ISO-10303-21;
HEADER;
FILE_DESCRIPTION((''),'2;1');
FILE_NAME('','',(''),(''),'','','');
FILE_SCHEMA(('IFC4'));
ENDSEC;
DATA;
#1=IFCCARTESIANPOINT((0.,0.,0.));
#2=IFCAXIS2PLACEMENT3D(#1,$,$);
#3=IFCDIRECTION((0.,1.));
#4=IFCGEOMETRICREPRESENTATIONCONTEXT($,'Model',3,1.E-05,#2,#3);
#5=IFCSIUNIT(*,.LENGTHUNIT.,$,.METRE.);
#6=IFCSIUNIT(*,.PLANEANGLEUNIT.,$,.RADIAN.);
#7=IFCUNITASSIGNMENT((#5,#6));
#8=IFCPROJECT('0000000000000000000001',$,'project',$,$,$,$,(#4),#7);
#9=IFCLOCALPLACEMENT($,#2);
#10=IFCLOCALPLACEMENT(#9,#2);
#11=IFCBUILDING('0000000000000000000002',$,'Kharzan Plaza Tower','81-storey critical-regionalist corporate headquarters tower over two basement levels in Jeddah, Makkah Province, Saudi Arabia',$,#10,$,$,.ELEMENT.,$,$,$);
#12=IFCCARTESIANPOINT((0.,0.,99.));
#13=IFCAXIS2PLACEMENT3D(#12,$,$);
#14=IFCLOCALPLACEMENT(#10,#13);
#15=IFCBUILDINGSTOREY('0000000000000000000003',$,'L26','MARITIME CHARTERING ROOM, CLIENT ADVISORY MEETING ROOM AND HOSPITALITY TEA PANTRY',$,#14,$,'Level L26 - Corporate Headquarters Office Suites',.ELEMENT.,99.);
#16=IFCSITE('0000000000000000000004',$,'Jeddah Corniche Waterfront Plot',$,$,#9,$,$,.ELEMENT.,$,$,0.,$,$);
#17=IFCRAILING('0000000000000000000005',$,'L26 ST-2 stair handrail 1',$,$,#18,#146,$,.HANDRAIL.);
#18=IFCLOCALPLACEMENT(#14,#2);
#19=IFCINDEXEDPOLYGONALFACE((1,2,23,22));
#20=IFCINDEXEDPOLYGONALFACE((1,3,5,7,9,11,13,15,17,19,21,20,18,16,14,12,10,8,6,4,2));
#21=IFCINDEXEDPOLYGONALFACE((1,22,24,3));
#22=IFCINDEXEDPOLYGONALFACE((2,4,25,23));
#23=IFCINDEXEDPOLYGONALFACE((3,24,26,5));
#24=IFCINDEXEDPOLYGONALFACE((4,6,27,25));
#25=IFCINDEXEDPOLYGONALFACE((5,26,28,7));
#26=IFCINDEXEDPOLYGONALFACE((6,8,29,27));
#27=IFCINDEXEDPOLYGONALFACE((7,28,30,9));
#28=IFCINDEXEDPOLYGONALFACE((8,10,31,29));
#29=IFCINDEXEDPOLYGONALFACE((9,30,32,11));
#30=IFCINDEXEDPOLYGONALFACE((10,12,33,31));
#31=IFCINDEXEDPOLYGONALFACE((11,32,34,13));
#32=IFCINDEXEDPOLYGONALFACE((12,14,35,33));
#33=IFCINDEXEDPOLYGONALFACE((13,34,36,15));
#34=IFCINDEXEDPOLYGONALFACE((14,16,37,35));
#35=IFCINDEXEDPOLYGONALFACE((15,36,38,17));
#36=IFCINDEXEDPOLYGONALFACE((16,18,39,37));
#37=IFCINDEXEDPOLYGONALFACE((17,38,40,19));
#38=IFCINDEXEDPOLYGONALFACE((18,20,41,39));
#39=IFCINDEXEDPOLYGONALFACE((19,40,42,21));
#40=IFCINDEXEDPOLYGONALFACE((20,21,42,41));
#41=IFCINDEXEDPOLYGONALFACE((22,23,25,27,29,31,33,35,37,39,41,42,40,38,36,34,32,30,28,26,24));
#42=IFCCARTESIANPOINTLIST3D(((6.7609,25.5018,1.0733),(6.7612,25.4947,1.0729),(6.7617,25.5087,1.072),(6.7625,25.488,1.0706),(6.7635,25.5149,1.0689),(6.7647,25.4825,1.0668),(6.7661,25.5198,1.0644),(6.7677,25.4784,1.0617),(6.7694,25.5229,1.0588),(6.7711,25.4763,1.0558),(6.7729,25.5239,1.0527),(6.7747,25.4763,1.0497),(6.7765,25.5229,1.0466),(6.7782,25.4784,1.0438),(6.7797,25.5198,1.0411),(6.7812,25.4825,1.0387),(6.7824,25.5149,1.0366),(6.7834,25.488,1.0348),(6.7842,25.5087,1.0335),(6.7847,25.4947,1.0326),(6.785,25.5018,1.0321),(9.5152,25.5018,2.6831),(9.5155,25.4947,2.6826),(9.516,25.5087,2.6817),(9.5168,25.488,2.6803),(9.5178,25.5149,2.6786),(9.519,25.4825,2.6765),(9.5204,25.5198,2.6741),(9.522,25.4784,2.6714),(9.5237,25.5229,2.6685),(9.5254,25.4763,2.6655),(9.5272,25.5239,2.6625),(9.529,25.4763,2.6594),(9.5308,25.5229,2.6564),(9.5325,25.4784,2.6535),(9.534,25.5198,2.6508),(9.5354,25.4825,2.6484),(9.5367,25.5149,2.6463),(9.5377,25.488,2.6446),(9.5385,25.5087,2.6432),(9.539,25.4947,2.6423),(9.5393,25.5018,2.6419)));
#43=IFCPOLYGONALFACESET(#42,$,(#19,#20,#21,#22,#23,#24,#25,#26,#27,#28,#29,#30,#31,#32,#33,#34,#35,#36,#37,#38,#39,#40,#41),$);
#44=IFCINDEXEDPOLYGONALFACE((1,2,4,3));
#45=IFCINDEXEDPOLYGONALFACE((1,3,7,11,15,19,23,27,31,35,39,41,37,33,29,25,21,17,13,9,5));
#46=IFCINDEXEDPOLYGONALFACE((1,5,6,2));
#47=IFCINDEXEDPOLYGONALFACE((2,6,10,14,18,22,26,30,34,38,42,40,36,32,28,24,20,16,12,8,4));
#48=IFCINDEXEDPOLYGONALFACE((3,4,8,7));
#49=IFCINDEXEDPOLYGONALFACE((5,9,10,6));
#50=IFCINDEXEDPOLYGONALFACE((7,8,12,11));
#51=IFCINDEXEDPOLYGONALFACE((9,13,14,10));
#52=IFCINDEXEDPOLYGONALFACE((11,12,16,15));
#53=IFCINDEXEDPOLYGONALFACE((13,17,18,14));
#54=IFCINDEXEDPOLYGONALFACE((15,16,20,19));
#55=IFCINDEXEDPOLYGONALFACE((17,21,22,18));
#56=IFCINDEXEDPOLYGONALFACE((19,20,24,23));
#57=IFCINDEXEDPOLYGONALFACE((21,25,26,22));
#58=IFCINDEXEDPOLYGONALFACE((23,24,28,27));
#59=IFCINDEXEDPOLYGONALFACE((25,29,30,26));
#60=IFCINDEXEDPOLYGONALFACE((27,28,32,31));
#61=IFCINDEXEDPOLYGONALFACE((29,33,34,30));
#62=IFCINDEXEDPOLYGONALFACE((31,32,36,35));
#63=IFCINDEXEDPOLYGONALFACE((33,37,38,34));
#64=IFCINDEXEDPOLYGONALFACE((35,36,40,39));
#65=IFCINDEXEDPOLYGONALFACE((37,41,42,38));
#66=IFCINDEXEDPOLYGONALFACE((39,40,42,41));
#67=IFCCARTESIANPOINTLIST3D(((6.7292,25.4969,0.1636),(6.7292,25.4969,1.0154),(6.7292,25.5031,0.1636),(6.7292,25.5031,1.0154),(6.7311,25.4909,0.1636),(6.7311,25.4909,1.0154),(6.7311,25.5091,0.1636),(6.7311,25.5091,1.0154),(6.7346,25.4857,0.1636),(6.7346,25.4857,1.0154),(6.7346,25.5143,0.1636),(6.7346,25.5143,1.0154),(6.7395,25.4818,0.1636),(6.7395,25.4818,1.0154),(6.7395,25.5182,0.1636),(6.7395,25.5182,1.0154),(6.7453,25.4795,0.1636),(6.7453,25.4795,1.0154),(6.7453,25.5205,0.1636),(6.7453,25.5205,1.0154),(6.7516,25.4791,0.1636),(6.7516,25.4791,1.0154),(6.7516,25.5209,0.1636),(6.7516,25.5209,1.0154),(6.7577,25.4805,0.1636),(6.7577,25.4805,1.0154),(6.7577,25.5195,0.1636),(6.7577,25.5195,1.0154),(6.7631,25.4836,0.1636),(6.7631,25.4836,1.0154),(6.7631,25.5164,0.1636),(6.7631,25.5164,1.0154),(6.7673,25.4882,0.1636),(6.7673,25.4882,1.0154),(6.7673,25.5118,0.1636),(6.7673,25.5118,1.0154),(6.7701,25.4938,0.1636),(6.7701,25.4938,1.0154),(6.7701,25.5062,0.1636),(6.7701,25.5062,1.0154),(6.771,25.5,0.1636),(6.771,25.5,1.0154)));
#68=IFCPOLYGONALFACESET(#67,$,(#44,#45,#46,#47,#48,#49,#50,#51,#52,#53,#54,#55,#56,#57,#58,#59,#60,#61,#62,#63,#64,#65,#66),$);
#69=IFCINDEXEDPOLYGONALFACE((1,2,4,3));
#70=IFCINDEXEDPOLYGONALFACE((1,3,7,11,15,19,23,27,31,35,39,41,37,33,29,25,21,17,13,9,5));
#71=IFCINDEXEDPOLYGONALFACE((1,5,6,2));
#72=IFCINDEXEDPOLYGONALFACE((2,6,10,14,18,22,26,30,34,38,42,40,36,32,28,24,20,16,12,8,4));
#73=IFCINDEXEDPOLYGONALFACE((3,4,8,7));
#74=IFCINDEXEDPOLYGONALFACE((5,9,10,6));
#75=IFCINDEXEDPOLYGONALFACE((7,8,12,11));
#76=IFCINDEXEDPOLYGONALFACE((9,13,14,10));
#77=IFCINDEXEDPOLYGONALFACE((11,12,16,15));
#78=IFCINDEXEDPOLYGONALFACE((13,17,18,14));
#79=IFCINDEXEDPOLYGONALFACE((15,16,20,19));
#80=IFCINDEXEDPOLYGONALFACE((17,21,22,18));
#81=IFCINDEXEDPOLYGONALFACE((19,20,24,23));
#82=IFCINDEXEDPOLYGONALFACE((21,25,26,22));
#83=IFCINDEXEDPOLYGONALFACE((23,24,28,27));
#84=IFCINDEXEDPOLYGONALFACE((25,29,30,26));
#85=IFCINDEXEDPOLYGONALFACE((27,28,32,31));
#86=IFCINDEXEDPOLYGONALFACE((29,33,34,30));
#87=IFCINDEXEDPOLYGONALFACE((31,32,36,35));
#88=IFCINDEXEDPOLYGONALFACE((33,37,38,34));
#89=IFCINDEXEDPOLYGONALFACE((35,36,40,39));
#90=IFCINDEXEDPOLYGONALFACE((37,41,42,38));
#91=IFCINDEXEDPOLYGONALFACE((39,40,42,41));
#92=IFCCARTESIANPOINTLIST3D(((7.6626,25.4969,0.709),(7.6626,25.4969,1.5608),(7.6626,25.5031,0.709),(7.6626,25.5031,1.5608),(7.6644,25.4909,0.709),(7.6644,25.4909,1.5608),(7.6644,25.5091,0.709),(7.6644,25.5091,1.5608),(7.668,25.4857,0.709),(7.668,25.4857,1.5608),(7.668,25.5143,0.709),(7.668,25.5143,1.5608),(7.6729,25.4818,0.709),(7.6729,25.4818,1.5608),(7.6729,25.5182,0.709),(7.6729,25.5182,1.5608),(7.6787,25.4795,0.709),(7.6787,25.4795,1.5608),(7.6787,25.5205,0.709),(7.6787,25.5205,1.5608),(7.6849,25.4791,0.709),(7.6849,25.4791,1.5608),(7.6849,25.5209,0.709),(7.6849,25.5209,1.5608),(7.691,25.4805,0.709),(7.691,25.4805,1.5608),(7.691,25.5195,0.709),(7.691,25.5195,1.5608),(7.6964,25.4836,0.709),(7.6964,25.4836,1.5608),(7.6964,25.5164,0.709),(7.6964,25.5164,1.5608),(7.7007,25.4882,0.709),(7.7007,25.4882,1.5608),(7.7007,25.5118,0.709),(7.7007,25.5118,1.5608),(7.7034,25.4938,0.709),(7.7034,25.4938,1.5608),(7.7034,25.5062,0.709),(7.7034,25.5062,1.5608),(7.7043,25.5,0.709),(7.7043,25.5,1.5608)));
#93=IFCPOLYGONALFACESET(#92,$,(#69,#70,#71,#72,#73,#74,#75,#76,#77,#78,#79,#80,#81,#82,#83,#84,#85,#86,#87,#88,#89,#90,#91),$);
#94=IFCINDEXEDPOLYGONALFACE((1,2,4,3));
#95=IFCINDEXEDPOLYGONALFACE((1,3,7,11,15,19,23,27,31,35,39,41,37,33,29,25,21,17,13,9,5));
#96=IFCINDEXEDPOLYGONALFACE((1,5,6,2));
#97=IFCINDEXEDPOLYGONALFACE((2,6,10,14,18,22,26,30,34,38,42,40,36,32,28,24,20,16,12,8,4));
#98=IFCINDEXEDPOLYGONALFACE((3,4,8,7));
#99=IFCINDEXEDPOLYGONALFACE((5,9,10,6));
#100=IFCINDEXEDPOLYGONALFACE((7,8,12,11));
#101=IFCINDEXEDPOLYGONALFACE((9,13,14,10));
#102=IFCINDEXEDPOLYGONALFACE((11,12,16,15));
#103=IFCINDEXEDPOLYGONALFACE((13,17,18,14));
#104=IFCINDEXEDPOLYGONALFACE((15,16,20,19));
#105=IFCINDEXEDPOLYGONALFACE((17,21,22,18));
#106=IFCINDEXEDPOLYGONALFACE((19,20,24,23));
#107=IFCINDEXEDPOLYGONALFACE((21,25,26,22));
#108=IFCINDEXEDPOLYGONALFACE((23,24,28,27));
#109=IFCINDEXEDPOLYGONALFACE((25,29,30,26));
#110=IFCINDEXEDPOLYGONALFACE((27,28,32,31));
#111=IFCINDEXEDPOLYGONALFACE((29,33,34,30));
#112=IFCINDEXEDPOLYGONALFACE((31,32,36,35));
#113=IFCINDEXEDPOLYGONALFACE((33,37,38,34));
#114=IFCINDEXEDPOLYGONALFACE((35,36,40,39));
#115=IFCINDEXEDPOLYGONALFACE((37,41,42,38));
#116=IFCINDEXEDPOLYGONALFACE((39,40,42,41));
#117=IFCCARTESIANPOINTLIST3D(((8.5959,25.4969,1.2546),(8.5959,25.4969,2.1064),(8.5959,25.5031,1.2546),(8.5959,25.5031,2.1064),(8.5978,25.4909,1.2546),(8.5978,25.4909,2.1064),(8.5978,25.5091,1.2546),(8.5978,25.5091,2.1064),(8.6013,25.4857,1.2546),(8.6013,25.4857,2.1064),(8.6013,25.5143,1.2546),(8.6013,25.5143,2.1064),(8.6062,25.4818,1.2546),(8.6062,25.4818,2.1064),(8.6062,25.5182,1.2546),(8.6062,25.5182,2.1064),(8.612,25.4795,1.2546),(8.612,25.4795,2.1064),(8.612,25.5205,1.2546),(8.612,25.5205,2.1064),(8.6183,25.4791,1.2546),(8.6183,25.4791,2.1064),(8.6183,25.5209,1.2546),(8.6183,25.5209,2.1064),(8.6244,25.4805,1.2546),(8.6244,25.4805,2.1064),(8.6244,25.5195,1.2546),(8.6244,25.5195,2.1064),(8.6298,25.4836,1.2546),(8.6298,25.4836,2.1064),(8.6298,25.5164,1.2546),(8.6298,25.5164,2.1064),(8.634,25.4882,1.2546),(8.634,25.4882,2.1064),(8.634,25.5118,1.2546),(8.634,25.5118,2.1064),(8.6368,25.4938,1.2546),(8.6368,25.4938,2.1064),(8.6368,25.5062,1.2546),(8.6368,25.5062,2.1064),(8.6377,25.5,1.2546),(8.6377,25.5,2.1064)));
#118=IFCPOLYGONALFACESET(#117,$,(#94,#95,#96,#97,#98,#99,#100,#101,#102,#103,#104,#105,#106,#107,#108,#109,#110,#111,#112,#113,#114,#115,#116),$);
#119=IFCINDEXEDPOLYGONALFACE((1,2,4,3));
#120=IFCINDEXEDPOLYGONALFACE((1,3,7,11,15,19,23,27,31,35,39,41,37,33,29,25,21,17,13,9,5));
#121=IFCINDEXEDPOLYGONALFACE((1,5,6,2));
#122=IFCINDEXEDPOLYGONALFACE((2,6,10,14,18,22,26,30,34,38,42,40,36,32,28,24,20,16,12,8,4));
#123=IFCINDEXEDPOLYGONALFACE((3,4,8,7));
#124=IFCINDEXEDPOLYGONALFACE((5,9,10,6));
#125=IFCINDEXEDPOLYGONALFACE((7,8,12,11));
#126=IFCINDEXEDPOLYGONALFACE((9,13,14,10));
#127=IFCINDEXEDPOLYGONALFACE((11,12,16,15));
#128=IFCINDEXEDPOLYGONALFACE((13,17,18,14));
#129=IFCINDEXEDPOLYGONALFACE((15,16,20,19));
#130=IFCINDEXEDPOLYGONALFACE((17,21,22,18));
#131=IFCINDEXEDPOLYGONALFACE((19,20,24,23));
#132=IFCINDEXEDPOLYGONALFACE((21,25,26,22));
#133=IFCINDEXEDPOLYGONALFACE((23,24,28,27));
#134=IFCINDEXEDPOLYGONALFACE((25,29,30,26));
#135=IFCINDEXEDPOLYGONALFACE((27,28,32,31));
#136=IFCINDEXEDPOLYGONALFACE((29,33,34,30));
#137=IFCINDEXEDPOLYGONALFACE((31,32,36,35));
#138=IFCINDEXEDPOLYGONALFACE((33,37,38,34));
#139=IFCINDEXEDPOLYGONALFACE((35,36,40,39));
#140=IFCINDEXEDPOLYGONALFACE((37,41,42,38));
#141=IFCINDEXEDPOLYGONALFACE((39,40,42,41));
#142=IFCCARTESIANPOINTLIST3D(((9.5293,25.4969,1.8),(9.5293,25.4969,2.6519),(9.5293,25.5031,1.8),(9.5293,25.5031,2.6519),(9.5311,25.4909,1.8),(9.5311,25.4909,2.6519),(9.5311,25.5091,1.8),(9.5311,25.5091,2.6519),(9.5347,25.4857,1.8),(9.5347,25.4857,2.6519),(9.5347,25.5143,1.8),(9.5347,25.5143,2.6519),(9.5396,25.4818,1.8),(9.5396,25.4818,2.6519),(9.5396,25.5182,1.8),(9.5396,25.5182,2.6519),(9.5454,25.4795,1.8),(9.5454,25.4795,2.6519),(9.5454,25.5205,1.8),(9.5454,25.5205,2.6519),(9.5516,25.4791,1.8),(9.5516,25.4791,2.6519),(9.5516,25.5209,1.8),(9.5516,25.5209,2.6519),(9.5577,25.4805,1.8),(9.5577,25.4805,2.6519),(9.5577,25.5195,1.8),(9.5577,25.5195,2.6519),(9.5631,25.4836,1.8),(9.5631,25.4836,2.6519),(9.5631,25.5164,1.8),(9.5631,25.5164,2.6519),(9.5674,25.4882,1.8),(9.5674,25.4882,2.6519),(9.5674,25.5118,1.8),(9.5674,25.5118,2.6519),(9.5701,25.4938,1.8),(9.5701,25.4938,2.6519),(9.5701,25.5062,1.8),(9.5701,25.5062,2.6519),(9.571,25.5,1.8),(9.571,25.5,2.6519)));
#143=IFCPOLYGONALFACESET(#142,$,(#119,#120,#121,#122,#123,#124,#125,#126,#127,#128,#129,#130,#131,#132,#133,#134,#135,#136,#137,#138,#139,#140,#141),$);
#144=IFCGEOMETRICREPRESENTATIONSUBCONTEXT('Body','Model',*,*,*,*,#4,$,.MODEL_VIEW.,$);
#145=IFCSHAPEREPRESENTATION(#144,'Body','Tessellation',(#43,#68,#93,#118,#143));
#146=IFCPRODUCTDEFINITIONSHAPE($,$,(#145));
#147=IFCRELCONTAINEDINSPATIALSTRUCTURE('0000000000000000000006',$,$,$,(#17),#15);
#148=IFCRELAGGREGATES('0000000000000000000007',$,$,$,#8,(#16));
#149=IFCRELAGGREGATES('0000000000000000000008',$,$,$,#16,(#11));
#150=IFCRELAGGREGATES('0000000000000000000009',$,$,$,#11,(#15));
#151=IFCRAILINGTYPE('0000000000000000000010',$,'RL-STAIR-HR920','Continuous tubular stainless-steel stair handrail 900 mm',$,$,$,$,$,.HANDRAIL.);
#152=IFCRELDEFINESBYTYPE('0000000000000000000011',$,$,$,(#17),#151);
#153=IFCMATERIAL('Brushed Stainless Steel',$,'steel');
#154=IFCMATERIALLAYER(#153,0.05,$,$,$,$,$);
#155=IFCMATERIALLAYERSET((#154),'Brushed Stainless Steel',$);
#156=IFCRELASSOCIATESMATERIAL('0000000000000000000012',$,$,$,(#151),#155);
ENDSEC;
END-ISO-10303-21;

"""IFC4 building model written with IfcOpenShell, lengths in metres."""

from ifc_helpers import new_model, si_unit, direction, frame, origin, origin_2d, place, context, subcontext, project, spatial, circle, extrude, source, transform, mapped, material, layer, layer_set, type_object, element, save


model = new_model("IFC4")

# Units and contexts
model_context = context("Model", 3, precision=1e-05, world=origin(), true_north=direction((0.0, 1.0)))
body_context = subcontext(model_context, "Body", "Model", "MODEL_VIEW")
ifc_project = project(units=[si_unit("LENGTHUNIT", "METRE"), si_unit("PLANEANGLEUNIT", "RADIAN")], contexts=[model_context])

# Site, building, storey
site_placement = place(None, origin())
site = spatial("IfcSite", under=ifc_project, at=site_placement, Name="Jeddah Corniche Waterfront Plot", CompositionType="ELEMENT", RefElevation=0.0)
building_placement = place(site_placement, origin())
building = spatial("IfcBuilding", under=site, at=building_placement, Name="Kharzan Plaza Tower", Description="81-storey critical-regionalist corporate headquarters tower over two basement levels in Jeddah, Makkah Province, Saudi Arabia", CompositionType="ELEMENT")
storey_placement = place(building_placement, frame((0.0, 0.0, 99.0)))
storey = spatial("IfcBuildingStorey", under=building, at=storey_placement, Name="L26", Description="MARITIME CHARTERING ROOM, CLIENT ADVISORY MEETING ROOM AND HOSPITALITY TEA PANTRY", LongName="Level L26 - Corporate Headquarters Office Suites", CompositionType="ELEMENT", Elevation=99.0)

# Railing
ifc_material_1 = material(Name="Brushed Stainless Steel", Category="steel")
ifc_layer_1 = layer(ifc_material_1, 0.05)
ifc_layer_set_1 = layer_set([ifc_layer_1], Name="Brushed Stainless Steel")
railing_type_1 = type_object("IfcRailingType", Name="RL-STAIR-HR920", Description="Continuous tubular stainless-steel stair handrail 900 mm", PredefinedType="HANDRAIL", material=ifc_layer_set_1)
shared_shape_1 = source(origin(), body_context, "Body", "SweptSolid", [
    extrude(circle(Radius=0.0239, at=origin_2d()), frame((0.0229, 0.0, 0.8892), z_axis=(0.863361, 0.0, 0.504587), x_axis=(0.0, 1.0, 0.0)), (0.0, 0.0, 1.0), 3.1902),
    extrude(circle(Radius=0.021, at=origin_2d()), origin(), (0.0, 0.0, 1.0), 0.8518),
    extrude(circle(Radius=0.021, at=origin_2d()), frame((0.9333, 0.0, 0.5454)), (0.0, 0.0, 1.0), 0.8518),
    extrude(circle(Radius=0.021, at=origin_2d()), frame((1.8667, 0.0, 1.0911)), (0.0, 0.0, 1.0), 0.8518),
    extrude(circle(Radius=0.021, at=origin_2d()), frame((2.8, 0.0, 1.6365)), (0.0, 0.0, 1.0), 0.8518),
])
railing_1_placement = place(storey_placement, frame((6.75, 25.5, 0.1636)))
element("IfcRailing", 1, at=railing_1_placement, inside=storey, type_object=railing_type_1, Name="L26 ST-2 stair handrail 1", PredefinedType="HANDRAIL", context=body_context, shape_type="MappedRepresentation", body=[
    mapped(shared_shape_1, transform((0.0, 0.0, 0.0), x_axis=(1.0, 0.0, 0.0), y_axis=(0.0, 1.0, 0.0), z_axis=(0.0, 0.0, 1.0))),
])

save(model, "model.ifc")
